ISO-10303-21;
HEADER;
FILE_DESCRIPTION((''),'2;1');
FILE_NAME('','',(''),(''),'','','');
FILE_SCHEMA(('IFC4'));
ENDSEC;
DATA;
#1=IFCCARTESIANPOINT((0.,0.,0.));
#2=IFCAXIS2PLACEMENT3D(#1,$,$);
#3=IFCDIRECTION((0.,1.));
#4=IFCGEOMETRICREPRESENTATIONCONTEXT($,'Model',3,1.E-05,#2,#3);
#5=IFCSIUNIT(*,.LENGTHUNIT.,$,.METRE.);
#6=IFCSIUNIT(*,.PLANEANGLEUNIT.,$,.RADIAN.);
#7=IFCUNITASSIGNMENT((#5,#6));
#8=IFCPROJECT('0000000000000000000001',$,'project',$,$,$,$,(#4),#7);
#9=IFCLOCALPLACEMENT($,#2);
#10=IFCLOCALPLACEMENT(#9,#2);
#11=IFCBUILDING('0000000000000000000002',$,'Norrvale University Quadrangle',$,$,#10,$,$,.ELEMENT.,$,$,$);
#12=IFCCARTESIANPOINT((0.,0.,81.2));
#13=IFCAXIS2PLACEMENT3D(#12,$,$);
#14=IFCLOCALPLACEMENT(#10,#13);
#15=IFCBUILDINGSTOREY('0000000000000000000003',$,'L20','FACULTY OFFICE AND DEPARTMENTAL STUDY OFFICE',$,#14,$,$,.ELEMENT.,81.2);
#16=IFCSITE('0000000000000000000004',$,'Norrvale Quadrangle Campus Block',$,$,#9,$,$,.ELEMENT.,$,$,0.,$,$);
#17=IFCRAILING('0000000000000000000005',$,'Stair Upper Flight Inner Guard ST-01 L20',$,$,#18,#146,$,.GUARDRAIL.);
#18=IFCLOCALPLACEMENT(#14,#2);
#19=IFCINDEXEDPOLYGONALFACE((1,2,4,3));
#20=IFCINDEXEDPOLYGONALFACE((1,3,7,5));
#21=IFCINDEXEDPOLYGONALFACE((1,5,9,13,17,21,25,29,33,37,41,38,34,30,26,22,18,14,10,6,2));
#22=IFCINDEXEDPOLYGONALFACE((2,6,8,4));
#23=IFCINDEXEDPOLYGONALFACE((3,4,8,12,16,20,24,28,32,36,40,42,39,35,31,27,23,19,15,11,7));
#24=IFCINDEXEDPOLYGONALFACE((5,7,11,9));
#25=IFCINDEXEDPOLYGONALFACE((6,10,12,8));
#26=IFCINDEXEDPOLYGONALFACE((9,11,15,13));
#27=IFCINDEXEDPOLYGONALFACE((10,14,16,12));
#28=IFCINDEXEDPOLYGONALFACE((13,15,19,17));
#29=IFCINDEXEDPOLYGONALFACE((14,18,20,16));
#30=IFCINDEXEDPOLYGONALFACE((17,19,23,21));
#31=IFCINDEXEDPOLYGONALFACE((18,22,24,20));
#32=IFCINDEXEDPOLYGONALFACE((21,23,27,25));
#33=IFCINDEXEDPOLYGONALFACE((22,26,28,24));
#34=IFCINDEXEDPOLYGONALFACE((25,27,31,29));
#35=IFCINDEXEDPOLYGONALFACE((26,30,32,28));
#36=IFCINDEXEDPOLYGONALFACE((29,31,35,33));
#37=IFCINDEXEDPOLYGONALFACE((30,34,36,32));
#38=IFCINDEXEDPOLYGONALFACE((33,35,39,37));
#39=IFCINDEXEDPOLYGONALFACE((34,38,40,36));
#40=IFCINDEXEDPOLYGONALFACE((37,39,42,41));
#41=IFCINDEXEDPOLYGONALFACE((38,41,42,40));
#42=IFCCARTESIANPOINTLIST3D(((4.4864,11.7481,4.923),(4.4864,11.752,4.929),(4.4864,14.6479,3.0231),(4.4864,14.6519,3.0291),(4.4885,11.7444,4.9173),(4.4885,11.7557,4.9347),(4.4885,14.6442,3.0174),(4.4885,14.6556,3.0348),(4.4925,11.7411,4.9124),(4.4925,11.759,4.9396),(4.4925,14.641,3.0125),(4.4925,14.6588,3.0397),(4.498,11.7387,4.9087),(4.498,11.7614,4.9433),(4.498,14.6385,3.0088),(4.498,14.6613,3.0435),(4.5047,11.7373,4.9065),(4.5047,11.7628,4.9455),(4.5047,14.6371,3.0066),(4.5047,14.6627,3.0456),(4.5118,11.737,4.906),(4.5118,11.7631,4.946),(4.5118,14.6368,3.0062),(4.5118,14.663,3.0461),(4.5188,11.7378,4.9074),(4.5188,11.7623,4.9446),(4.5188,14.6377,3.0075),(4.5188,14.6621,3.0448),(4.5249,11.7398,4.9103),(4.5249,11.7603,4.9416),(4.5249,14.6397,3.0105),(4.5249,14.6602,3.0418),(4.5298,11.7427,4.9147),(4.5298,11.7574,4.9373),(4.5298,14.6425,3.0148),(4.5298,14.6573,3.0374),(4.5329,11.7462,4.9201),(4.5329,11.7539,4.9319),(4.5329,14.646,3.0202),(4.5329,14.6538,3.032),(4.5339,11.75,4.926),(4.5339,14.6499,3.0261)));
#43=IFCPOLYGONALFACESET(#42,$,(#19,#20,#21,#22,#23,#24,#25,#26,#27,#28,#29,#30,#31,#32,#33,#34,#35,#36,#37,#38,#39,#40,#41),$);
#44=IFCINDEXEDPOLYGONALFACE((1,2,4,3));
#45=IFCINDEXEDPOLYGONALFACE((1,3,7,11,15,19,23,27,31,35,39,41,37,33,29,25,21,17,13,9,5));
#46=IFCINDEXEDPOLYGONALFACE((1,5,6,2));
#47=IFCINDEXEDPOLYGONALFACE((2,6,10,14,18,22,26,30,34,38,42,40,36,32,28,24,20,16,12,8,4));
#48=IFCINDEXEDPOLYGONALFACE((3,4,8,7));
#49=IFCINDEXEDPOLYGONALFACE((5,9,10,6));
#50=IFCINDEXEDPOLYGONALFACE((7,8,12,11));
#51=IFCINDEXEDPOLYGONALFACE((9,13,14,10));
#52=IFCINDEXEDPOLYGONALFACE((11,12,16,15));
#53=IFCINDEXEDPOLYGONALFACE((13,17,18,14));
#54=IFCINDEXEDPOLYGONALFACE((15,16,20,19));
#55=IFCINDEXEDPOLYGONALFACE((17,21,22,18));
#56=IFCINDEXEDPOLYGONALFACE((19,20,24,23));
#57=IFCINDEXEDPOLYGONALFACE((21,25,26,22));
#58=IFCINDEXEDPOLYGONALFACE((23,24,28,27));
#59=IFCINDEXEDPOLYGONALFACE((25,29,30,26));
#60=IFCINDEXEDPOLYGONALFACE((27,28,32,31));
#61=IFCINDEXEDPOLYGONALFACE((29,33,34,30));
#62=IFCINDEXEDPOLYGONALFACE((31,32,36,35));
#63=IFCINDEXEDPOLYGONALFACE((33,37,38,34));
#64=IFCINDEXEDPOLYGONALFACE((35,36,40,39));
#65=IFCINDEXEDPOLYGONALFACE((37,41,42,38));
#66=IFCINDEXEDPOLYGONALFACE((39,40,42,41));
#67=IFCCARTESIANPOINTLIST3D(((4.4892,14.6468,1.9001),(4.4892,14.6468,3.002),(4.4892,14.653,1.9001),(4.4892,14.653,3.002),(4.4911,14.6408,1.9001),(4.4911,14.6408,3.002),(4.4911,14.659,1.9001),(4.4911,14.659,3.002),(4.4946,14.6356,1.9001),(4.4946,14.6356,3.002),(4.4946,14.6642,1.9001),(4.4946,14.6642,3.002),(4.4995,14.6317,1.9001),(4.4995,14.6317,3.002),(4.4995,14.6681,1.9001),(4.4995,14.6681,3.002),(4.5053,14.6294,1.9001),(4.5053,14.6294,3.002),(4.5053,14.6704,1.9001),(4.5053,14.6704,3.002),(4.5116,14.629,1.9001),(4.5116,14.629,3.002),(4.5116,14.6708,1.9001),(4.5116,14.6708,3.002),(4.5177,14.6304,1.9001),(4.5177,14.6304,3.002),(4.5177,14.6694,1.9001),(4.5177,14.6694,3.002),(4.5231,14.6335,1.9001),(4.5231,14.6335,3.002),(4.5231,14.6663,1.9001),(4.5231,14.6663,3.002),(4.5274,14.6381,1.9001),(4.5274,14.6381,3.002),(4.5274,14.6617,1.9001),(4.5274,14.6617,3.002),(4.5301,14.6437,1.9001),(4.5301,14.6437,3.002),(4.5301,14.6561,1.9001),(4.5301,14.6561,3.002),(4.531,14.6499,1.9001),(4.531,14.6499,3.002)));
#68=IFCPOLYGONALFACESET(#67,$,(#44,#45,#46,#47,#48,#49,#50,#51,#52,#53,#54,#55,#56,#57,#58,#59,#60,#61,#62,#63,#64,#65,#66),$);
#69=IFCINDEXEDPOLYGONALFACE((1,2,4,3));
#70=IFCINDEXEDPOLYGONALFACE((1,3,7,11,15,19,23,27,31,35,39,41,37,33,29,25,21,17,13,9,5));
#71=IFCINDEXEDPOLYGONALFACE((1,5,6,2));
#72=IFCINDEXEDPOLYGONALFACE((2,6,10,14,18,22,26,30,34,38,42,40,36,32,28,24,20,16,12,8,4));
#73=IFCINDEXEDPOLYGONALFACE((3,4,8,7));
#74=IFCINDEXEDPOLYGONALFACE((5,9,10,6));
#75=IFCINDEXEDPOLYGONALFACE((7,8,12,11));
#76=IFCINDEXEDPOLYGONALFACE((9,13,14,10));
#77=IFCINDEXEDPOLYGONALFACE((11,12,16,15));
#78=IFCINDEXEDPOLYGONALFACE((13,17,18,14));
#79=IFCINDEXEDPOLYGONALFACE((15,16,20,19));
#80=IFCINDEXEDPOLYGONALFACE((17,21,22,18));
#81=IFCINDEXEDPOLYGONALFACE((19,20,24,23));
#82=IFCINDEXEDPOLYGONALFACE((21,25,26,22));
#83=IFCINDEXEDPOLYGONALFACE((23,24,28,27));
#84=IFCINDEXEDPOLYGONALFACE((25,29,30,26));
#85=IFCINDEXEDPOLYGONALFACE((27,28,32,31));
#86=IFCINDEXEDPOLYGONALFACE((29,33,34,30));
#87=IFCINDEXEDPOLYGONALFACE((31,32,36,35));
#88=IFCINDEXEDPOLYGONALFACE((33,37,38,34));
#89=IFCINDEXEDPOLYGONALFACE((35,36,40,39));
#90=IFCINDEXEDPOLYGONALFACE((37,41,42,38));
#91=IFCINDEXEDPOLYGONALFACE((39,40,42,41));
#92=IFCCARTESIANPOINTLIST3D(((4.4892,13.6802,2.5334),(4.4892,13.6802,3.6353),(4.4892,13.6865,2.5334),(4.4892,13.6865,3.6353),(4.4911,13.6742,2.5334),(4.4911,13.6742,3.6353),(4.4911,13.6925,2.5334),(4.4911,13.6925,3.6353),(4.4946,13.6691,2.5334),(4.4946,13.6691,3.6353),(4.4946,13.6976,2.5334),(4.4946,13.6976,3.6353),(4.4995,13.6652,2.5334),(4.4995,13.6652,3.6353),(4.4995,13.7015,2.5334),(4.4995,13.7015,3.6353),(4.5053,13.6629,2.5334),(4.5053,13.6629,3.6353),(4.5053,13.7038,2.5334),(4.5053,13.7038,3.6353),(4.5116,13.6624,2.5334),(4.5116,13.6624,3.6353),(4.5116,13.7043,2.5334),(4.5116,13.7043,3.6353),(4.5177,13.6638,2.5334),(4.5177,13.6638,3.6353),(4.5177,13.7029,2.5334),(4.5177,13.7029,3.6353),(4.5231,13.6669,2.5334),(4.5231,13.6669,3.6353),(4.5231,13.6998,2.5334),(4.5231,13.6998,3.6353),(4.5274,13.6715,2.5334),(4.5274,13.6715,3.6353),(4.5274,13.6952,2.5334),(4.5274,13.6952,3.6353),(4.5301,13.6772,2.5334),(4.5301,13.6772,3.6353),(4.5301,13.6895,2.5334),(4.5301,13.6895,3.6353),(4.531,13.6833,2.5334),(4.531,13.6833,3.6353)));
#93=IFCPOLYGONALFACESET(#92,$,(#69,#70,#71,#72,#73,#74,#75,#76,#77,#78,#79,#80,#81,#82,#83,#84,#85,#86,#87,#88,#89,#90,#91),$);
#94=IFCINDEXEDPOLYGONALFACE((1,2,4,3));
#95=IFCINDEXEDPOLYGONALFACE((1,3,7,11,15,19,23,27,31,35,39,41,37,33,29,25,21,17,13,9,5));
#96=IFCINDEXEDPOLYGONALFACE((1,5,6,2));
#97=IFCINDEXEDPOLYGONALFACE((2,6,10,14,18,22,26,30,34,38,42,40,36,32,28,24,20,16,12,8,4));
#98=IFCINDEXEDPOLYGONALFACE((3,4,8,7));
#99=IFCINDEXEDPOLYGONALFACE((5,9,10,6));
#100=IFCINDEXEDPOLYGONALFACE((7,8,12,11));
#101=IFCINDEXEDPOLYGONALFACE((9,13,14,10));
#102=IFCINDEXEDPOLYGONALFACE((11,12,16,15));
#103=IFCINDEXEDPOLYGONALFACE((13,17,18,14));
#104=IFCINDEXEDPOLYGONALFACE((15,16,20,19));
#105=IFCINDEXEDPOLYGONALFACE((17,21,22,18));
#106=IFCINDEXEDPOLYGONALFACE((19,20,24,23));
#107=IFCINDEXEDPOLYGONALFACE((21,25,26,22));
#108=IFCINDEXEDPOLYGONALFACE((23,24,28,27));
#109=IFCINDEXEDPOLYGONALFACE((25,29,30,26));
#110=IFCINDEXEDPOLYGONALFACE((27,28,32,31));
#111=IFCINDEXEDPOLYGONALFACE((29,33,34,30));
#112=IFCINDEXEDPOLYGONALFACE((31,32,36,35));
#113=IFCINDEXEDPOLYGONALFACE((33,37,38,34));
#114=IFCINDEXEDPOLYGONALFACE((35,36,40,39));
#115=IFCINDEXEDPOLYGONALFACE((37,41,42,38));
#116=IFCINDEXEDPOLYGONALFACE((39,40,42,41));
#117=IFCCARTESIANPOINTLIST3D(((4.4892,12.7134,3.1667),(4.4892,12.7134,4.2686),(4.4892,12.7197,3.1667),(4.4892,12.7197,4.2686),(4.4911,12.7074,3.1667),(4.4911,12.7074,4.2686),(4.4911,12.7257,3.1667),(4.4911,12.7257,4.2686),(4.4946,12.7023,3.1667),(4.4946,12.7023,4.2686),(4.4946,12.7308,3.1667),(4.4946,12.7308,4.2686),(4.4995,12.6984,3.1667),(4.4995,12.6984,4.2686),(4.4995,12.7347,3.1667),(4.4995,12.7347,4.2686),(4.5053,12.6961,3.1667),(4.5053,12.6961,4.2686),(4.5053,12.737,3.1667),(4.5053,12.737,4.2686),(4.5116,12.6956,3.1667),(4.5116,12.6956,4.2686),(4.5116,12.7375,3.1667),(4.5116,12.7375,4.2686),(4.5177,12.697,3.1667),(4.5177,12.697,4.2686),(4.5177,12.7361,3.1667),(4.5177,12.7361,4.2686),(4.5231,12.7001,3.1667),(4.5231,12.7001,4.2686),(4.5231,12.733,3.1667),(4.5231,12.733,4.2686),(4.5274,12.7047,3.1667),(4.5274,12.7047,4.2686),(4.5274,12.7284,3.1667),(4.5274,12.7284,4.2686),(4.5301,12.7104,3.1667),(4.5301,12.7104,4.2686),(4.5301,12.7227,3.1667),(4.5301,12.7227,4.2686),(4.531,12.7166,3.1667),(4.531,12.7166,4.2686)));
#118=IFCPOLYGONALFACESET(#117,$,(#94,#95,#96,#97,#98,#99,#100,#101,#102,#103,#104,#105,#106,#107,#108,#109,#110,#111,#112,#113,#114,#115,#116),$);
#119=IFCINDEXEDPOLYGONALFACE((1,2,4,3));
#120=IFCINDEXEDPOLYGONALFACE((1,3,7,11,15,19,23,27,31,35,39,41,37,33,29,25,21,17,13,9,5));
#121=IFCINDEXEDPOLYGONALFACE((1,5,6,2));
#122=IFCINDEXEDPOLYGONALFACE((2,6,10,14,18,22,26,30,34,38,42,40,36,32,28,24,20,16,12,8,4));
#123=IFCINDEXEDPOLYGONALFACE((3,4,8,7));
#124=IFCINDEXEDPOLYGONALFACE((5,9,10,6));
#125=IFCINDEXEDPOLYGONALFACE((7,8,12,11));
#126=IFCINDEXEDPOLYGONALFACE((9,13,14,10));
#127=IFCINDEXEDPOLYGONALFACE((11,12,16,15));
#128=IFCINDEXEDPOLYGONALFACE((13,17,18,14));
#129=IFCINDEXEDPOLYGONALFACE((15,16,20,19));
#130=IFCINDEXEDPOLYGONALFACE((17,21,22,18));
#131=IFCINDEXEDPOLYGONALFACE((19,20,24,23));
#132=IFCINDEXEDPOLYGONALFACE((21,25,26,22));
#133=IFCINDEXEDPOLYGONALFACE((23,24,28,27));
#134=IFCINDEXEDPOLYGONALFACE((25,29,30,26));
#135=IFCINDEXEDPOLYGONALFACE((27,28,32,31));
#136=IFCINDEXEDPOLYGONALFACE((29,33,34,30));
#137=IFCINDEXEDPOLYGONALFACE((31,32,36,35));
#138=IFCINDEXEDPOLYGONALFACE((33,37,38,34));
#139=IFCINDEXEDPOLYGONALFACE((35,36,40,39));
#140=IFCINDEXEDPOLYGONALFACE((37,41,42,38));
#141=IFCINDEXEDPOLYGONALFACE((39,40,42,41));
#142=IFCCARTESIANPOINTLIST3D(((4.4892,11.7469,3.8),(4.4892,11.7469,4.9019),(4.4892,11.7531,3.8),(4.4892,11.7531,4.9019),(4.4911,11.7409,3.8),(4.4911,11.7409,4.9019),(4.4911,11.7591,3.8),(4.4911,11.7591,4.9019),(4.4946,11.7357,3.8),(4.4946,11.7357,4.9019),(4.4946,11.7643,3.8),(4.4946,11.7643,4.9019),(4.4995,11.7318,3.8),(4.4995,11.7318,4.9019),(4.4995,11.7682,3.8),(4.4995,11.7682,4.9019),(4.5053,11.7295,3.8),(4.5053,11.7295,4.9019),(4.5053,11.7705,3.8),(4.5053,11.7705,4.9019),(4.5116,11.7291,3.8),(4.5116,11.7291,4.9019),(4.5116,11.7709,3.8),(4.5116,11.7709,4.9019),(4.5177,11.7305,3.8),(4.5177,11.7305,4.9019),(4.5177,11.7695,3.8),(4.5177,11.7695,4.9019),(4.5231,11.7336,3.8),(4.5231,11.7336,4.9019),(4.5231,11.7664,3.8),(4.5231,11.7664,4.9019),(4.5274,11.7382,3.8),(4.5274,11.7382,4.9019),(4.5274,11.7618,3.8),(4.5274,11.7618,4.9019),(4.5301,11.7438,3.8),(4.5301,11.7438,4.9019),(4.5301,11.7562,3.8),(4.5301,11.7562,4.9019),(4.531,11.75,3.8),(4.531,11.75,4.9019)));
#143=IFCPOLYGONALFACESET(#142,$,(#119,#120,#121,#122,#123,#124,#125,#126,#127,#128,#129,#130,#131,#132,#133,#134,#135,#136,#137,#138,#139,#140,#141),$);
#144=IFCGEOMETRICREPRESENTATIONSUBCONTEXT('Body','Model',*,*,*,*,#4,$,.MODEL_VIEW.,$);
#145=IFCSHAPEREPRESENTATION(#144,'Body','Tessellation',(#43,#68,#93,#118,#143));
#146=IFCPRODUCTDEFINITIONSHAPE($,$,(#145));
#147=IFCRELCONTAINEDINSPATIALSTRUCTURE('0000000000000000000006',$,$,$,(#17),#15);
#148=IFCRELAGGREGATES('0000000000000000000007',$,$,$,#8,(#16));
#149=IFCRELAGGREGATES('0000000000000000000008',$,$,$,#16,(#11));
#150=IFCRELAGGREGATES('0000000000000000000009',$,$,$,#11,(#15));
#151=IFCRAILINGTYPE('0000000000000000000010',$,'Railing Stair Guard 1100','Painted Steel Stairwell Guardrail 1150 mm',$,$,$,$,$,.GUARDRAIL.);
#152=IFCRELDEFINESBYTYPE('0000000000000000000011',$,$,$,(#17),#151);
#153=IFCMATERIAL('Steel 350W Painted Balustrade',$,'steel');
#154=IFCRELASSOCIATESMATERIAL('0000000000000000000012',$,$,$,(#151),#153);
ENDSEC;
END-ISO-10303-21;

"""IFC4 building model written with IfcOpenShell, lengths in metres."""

from ifc_helpers import new_model, si_unit, direction, frame, origin, origin_2d, place, context, subcontext, project, spatial, circle, extrude, material, type_object, element, save


model = new_model("IFC4")

# Units and contexts
model_context = context("Model", 3, precision=1e-05, world=origin(), true_north=direction((0.0, 1.0)))
body_context = subcontext(model_context, "Body", "Model", "MODEL_VIEW")
ifc_project = project(units=[si_unit("LENGTHUNIT", "METRE"), si_unit("PLANEANGLEUNIT", "RADIAN")], contexts=[model_context])

# Site, building, storey
site_placement = place(None, origin())
site = spatial("IfcSite", under=ifc_project, at=site_placement, Name="Norrvale Quadrangle Campus Block", CompositionType="ELEMENT", RefElevation=0.0)
building_placement = place(site_placement, origin())
building = spatial("IfcBuilding", under=site, at=building_placement, Name="Norrvale University Quadrangle", CompositionType="ELEMENT")
storey_placement = place(building_placement, frame((0.0, 0.0, 81.2)))
storey = spatial("IfcBuildingStorey", under=building, at=storey_placement, Name="L20", Description="FACULTY OFFICE AND DEPARTMENTAL STUDY OFFICE", CompositionType="ELEMENT", Elevation=81.2)

# Railing
ifc_material_1 = material(Name="Steel 350W Painted Balustrade", Category="steel")
railing_type_1 = type_object("IfcRailingType", Name="Railing Stair Guard 1100", Description="Painted Steel Stairwell Guardrail 1150 mm", PredefinedType="GUARDRAIL", material=ifc_material_1)
railing_1_placement = place(storey_placement, frame((4.51, 14.6499, 1.9001)))
element("IfcRailing", 1, at=railing_1_placement, inside=storey, type_object=railing_type_1, Name="Stair Upper Flight Inner Guard ST-01 L20", PredefinedType="GUARDRAIL", context=body_context, shape_type="SweptSolid", body=[
    extrude(circle(Radius=0.0239, at=origin_2d()), frame((0.0, 0.0, 1.126), z_axis=(0.0, -0.836466, 0.548019), x_axis=(1.0, 0.0, 0.0)), (0.0, 0.0, 1.0), 3.4668),
    extrude(circle(Radius=0.021, at=origin_2d()), origin(), (0.0, 0.0, 1.0), 1.1018),
    extrude(circle(Radius=0.021, at=origin_2d()), frame((0.0, -0.9666, 0.6333)), (0.0, 0.0, 1.0), 1.1018),
    extrude(circle(Radius=0.021, at=origin_2d()), frame((0.0, -1.9333, 1.2666)), (0.0, 0.0, 1.0), 1.1018),
    extrude(circle(Radius=0.021, at=origin_2d()), frame((0.0, -2.8999, 1.8999)), (0.0, 0.0, 1.0), 1.1018),
])

save(model, "model.ifc")
